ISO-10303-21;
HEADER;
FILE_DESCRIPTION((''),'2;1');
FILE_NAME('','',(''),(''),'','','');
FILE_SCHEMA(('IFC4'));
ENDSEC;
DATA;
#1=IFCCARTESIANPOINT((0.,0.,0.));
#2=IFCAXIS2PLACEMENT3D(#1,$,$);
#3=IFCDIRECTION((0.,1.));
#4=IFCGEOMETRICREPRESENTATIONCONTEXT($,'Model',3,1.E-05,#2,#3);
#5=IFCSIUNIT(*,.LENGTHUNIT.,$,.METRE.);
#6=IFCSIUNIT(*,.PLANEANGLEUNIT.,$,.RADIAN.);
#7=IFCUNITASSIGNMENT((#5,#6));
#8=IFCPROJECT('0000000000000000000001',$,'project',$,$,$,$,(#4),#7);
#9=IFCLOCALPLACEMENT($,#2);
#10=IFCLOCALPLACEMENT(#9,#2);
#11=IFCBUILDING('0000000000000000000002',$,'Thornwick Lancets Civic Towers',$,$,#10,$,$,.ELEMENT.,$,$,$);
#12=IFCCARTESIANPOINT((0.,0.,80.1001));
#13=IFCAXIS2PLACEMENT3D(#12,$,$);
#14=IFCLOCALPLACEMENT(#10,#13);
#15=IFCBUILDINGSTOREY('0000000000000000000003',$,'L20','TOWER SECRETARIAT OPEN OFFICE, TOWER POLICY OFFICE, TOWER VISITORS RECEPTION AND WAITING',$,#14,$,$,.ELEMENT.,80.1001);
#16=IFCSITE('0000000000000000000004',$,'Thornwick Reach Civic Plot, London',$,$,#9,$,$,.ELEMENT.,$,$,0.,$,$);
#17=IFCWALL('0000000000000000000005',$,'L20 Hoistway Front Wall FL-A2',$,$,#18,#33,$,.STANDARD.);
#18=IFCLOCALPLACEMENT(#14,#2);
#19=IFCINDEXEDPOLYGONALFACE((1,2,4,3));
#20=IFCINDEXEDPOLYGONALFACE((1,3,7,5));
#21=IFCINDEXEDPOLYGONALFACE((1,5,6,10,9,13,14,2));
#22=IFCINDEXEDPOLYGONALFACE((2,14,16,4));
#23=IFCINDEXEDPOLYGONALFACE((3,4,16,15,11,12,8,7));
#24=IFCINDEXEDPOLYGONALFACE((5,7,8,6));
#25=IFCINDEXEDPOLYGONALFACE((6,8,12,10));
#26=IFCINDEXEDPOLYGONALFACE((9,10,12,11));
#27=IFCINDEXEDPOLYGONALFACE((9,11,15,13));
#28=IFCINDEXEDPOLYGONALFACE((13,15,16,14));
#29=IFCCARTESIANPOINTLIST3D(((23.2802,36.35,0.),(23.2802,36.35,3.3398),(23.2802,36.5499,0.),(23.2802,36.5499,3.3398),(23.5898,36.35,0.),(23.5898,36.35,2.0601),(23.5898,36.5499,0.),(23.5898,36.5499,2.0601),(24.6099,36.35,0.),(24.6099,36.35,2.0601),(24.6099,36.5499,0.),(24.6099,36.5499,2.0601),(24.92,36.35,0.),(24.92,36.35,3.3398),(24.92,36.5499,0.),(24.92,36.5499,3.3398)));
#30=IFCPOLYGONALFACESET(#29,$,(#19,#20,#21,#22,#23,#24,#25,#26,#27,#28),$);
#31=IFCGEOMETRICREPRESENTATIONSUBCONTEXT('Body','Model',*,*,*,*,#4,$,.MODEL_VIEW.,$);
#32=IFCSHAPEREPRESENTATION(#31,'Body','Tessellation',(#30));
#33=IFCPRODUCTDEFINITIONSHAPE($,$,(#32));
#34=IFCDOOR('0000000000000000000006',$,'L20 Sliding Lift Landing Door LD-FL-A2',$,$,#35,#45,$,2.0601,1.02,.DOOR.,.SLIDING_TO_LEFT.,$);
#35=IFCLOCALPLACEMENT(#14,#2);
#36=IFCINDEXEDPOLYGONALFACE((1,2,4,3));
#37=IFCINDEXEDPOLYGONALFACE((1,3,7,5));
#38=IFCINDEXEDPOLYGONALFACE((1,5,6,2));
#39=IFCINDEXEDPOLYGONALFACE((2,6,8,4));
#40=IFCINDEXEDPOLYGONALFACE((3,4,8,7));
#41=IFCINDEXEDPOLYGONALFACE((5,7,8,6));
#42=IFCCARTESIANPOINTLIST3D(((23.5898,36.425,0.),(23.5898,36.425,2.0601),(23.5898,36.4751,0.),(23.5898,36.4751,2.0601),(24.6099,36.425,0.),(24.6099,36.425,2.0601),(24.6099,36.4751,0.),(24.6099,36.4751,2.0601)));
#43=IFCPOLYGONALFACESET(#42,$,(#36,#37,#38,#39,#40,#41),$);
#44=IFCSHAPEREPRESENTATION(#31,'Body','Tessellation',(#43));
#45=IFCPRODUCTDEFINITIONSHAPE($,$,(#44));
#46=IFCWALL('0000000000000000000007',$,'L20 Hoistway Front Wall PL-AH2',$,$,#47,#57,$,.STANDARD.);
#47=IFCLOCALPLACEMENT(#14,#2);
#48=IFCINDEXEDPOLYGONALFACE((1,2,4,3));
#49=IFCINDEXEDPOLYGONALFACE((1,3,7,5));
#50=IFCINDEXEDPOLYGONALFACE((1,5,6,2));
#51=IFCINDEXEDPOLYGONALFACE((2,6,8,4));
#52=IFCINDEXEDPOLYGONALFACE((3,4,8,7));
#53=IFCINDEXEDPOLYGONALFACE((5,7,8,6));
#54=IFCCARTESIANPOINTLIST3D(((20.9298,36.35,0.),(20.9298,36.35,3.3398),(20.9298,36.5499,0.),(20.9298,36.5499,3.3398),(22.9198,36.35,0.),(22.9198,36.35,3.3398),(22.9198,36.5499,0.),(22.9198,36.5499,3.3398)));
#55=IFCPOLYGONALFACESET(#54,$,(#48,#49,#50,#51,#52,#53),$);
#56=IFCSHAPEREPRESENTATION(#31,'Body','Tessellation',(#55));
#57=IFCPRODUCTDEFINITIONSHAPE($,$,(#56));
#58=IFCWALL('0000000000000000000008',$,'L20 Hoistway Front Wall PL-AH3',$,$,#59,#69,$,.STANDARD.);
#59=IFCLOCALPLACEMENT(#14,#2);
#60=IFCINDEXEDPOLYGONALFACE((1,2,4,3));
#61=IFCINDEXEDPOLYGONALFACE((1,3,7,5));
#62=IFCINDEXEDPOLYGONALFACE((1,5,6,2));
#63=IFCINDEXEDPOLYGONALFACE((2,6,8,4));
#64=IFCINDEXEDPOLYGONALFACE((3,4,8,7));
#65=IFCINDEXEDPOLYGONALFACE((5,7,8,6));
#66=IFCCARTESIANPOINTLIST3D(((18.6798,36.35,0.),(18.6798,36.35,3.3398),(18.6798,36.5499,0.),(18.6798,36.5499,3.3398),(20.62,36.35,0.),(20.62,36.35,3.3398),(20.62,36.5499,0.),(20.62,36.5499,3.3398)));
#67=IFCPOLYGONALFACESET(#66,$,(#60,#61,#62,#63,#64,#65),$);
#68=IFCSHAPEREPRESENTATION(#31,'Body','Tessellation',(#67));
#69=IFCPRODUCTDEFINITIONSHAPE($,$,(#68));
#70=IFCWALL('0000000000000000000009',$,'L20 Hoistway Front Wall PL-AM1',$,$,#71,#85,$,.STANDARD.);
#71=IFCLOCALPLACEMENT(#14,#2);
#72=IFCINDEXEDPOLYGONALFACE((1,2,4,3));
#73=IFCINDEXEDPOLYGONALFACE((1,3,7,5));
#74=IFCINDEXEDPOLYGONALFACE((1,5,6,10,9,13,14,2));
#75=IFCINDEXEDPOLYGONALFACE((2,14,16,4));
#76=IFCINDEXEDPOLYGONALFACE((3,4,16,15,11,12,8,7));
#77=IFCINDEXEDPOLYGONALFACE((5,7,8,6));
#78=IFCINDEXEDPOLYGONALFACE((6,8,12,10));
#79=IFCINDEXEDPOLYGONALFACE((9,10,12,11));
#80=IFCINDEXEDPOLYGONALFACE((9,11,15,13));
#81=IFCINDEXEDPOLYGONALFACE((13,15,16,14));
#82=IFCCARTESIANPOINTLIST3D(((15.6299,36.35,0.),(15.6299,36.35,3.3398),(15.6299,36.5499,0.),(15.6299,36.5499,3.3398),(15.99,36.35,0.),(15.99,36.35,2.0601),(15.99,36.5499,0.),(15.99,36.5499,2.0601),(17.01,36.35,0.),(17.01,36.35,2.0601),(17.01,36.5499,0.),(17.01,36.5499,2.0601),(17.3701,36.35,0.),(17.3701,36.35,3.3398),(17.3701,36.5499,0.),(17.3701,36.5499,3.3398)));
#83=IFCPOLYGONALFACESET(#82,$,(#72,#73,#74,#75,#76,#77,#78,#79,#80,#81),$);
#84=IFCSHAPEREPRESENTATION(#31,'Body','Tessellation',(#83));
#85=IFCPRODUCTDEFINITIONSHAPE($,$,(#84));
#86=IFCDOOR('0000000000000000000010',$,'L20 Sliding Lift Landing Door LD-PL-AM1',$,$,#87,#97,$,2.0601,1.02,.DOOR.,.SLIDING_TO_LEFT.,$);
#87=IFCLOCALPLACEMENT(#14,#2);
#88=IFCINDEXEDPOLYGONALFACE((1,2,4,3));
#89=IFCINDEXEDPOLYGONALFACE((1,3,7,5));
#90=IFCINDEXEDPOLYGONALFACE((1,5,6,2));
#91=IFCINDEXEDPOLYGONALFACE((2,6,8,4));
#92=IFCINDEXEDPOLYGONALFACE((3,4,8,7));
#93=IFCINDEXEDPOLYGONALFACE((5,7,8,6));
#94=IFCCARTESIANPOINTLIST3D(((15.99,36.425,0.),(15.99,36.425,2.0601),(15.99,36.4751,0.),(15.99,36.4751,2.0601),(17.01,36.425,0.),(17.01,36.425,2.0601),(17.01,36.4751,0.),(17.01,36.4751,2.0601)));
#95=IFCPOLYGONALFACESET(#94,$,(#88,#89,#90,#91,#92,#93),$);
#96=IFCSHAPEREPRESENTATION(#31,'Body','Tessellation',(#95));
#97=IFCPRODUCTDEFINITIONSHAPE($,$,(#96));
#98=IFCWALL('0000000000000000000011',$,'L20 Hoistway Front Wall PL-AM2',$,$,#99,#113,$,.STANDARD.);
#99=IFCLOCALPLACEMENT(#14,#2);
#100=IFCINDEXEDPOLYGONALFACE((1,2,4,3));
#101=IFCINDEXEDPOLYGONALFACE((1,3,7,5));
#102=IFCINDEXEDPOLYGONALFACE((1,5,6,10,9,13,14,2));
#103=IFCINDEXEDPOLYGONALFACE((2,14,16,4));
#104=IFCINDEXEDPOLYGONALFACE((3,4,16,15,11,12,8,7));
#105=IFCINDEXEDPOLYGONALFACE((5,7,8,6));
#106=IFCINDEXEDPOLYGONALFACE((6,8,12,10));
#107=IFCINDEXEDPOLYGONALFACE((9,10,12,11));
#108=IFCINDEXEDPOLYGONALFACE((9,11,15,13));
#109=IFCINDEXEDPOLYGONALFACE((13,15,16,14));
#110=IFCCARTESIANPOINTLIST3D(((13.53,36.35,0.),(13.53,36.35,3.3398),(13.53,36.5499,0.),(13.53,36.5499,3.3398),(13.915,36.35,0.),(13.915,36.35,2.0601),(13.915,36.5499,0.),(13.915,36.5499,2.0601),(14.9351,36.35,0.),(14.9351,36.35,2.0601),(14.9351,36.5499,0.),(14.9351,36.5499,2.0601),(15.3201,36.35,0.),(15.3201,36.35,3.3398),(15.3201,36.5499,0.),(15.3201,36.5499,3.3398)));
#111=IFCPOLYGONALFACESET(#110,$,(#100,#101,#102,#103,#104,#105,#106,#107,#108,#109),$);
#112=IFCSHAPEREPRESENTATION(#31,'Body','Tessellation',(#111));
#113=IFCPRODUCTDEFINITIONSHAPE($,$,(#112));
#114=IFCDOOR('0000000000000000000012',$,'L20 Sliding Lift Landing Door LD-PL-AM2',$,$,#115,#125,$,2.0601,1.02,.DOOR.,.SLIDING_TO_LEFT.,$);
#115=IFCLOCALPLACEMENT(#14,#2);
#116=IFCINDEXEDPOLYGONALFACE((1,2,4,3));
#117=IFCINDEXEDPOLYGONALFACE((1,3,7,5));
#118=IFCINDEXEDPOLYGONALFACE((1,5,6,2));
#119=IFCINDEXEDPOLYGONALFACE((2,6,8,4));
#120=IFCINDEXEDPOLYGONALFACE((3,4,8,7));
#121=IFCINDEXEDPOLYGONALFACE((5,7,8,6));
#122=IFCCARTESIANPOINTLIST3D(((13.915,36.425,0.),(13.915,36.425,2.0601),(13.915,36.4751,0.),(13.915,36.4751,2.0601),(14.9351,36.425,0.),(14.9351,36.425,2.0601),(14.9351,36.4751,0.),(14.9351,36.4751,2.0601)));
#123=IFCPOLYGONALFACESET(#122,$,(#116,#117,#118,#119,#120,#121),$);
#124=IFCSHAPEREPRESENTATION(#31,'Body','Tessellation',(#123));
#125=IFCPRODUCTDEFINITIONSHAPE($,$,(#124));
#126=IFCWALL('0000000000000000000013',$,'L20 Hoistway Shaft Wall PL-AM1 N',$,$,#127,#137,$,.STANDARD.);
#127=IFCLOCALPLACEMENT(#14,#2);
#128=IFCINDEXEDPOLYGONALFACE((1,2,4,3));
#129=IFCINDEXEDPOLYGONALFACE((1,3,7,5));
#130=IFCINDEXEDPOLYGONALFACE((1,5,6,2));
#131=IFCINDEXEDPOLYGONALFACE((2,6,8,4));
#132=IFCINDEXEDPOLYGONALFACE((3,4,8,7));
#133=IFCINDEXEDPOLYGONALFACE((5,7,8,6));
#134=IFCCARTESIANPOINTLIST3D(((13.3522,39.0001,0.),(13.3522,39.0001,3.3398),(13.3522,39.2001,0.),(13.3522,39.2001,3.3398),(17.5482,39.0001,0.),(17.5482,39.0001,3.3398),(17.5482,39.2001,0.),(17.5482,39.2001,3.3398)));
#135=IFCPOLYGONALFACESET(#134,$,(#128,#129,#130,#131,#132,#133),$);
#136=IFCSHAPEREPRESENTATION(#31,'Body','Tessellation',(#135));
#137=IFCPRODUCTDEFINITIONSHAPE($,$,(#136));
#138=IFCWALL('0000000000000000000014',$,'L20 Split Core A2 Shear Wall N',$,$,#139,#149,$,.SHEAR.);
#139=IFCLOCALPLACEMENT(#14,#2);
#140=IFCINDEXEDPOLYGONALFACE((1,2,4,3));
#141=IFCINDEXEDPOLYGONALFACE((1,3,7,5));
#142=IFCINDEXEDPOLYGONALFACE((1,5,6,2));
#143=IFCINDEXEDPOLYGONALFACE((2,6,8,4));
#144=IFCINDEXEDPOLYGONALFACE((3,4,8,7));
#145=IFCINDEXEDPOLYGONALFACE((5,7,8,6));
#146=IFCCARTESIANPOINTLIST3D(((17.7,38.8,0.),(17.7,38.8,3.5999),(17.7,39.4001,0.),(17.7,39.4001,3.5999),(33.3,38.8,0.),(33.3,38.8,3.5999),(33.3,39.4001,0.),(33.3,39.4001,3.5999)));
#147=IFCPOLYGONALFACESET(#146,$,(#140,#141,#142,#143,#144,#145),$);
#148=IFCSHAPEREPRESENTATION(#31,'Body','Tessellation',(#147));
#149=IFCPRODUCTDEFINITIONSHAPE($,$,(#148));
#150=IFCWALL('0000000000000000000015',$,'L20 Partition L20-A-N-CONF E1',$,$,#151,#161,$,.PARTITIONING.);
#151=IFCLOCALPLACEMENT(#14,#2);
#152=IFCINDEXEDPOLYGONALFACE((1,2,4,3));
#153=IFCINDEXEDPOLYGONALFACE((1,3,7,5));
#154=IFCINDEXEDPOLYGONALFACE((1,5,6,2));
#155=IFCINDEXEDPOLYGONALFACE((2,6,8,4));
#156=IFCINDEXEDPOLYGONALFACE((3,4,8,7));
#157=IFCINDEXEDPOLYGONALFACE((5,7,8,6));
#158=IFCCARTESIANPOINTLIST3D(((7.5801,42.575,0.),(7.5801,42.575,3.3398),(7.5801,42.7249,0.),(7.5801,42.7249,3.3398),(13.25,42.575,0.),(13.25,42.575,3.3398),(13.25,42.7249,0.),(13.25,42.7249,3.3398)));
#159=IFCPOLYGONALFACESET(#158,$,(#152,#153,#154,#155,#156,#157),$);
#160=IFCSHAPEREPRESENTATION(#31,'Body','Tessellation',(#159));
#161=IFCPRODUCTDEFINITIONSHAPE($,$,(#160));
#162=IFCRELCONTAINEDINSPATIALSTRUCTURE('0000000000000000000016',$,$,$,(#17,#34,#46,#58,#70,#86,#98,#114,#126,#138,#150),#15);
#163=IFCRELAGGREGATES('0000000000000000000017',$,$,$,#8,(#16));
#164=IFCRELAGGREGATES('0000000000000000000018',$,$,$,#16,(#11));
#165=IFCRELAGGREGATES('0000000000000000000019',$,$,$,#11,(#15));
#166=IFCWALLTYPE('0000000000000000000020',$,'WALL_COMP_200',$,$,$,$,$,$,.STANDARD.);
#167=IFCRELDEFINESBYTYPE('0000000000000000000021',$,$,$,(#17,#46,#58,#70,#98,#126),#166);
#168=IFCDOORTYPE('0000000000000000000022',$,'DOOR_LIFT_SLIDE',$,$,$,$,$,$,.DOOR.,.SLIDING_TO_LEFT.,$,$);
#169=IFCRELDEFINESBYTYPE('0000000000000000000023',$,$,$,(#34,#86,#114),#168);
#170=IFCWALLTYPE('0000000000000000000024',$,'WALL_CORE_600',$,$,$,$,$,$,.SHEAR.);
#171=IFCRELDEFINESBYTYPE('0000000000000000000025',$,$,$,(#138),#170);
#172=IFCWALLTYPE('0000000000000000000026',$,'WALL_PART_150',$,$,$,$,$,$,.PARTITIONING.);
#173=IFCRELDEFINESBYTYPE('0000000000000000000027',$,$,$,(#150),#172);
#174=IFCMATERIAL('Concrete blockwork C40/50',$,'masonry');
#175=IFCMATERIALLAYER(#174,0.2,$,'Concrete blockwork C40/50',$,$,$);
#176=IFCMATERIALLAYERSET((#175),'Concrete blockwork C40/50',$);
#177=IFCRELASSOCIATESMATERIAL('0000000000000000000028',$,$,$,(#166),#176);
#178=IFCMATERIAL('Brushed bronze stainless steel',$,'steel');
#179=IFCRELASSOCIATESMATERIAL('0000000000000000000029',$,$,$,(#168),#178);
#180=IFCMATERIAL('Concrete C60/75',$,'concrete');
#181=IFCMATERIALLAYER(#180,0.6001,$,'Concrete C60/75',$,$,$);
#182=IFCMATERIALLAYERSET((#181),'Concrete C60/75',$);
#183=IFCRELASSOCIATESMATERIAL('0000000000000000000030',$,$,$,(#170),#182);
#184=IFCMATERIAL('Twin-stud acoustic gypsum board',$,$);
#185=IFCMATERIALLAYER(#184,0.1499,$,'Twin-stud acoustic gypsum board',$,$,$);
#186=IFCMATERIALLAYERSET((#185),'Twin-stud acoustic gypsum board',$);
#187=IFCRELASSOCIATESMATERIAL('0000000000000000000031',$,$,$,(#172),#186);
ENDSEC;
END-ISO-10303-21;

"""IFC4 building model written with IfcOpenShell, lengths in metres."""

from ifc_helpers import new_model, si_unit, direction, frame, frame_2d, origin, place, context, subcontext, project, spatial, rectangle, extrude, material, layer, layer_set, type_object, element, fill, save


model = new_model("IFC4")

# Units and contexts
model_context = context("Model", 3, precision=1e-05, world=origin(), true_north=direction((0.0, 1.0)))
body_context = subcontext(model_context, "Body", "Model", "MODEL_VIEW")
ifc_project = project(units=[si_unit("LENGTHUNIT", "METRE"), si_unit("PLANEANGLEUNIT", "RADIAN")], contexts=[model_context])

# Site, building, storey
site_placement = place(None, origin())
site = spatial("IfcSite", under=ifc_project, at=site_placement, Name="Thornwick Reach Civic Plot, London", CompositionType="ELEMENT", RefElevation=0.0)
building_placement = place(site_placement, origin())
building = spatial("IfcBuilding", under=site, at=building_placement, Name="Thornwick Lancets Civic Towers", CompositionType="ELEMENT")
storey_placement = place(building_placement, frame((0.0, 0.0, 80.1001)))
storey = spatial("IfcBuildingStorey", under=building, at=storey_placement, Name="L20", Description="TOWER SECRETARIAT OPEN OFFICE, TOWER POLICY OFFICE, TOWER VISITORS RECEPTION AND WAITING", CompositionType="ELEMENT", Elevation=80.1001)

# Shared definitions
ifc_material_1 = material(Name="Concrete C60/75", Category="concrete")

# Wall, opening, door
ifc_material_2 = material(Name="Concrete blockwork C40/50", Category="masonry")
ifc_layer_1 = layer(ifc_material_2, 0.2, Name="Concrete blockwork C40/50")
ifc_layer_set_1 = layer_set([ifc_layer_1], Name="Concrete blockwork C40/50")
wall_type_1 = type_object("IfcWallType", Name="WALL_COMP_200", PredefinedType="STANDARD", material=ifc_layer_set_1)
wall_1_placement = place(storey_placement, frame((24.9199, 36.45, 0.0), z_axis=(0.0, 0.0, 1.0), x_axis=(-1.0, 0.0, 0.0)))
wall_1 = element("IfcWall", 1, at=wall_1_placement, inside=storey, type_object=wall_type_1, Name="L20 Hoistway Front Wall FL-A2", PredefinedType="STANDARD", context=body_context, shape_type="SweptSolid", body=[
    extrude(rectangle(XDim=1.6399, YDim=0.2, at=frame_2d((0.8198, 0.0))), origin(), (0.0, 0.0, 1.0), 3.3398),
])
opening_1_placement = place(wall_1_placement, frame((0.3101, 0.0, 0.0)))
opening_1 = element("IfcOpeningElement", 2, at=opening_1_placement, cuts=wall_1, PredefinedType="OPENING", context=body_context, shape_type="SweptSolid", body=[
    extrude(rectangle(XDim=1.02, YDim=2.0601, at=frame_2d((0.51, 1.03))), frame((0.0, 0.1099, 0.0), z_axis=(0.0, -1.0, 0.0), x_axis=(1.0, 0.0, 0.0)), (0.0, 0.0, 1.0), 0.22),
])
ifc_material_3 = material(Name="Brushed bronze stainless steel", Category="steel")
door_type = type_object("IfcDoorType", Name="DOOR_LIFT_SLIDE", OperationType="SLIDING_TO_LEFT", PredefinedType="DOOR", material=ifc_material_3)
door_1_placement = place(opening_1_placement, origin())
door_1 = element("IfcDoor", 3, at=door_1_placement, inside=storey, type_object=door_type, Name="L20 Sliding Lift Landing Door LD-FL-A2", OperationType="SLIDING_TO_LEFT", OverallHeight=2.0601, OverallWidth=1.02, PredefinedType="DOOR", context=body_context, shape_type="SweptSolid", body=[
    extrude(rectangle(XDim=1.02, YDim=2.0601, at=frame_2d((0.51, 1.03))), frame((0.0, 0.0249, 0.0), z_axis=(0.0, -1.0, 0.0), x_axis=(1.0, 0.0, 0.0)), (0.0, 0.0, 1.0), 0.05),
])
fill(opening_1, door_1)

# Walls
wall_2_placement = place(storey_placement, frame((22.9199, 36.45, 0.0), z_axis=(0.0, 0.0, 1.0), x_axis=(-1.0, 0.0, 0.0)))
element("IfcWall", 4, at=wall_2_placement, inside=storey, type_object=wall_type_1, Name="L20 Hoistway Front Wall PL-AH2", PredefinedType="STANDARD", context=body_context, shape_type="SweptSolid", body=[
    extrude(rectangle(XDim=1.99, YDim=0.2, at=frame_2d((0.9951, 0.0))), origin(), (0.0, 0.0, 1.0), 3.3398),
])
wall_3_placement = place(storey_placement, frame((20.6201, 36.45, 0.0), z_axis=(0.0, 0.0, 1.0), x_axis=(-1.0, 0.0, 0.0)))
element("IfcWall", 5, at=wall_3_placement, inside=storey, type_object=wall_type_1, Name="L20 Hoistway Front Wall PL-AH3", PredefinedType="STANDARD", context=body_context, shape_type="SweptSolid", body=[
    extrude(rectangle(XDim=1.9402, YDim=0.2, at=frame_2d((0.9702, 0.0))), origin(), (0.0, 0.0, 1.0), 3.3398),
])

# Walls, openings, doors
wall_4_placement = place(storey_placement, frame((17.3701, 36.45, 0.0), z_axis=(0.0, 0.0, 1.0), x_axis=(-1.0, 0.0, 0.0)))
wall_4 = element("IfcWall", 6, at=wall_4_placement, inside=storey, type_object=wall_type_1, Name="L20 Hoistway Front Wall PL-AM1", PredefinedType="STANDARD", context=body_context, shape_type="SweptSolid", body=[
    extrude(rectangle(XDim=1.7402, YDim=0.2, at=frame_2d((0.8701, 0.0))), origin(), (0.0, 0.0, 1.0), 3.3398),
])
opening_2_placement = place(wall_4_placement, frame((0.3601, 0.0, 0.0)))
opening_2 = element("IfcOpeningElement", 7, at=opening_2_placement, cuts=wall_4, PredefinedType="OPENING", context=body_context, shape_type="SweptSolid", body=[
    extrude(rectangle(XDim=1.02, YDim=2.0601, at=frame_2d((0.51, 1.03))), frame((0.0, 0.1099, 0.0), z_axis=(0.0, -1.0, 0.0), x_axis=(1.0, 0.0, 0.0)), (0.0, 0.0, 1.0), 0.22),
])
door_2_placement = place(opening_2_placement, origin())
door_2 = element("IfcDoor", 8, at=door_2_placement, inside=storey, type_object=door_type, Name="L20 Sliding Lift Landing Door LD-PL-AM1", OperationType="SLIDING_TO_LEFT", OverallHeight=2.0601, OverallWidth=1.02, PredefinedType="DOOR", context=body_context, shape_type="SweptSolid", body=[
    extrude(rectangle(XDim=1.02, YDim=2.0601, at=frame_2d((0.51, 1.03))), frame((0.0, 0.0249, 0.0), z_axis=(0.0, -1.0, 0.0), x_axis=(1.0, 0.0, 0.0)), (0.0, 0.0, 1.0), 0.05),
])
fill(opening_2, door_2)
wall_5_placement = place(storey_placement, frame((15.3201, 36.45, 0.0), z_axis=(0.0, 0.0, 1.0), x_axis=(-1.0, 0.0, 0.0)))
wall_5 = element("IfcWall", 9, at=wall_5_placement, inside=storey, type_object=wall_type_1, Name="L20 Hoistway Front Wall PL-AM2", PredefinedType="STANDARD", context=body_context, shape_type="SweptSolid", body=[
    extrude(rectangle(XDim=1.79, YDim=0.2, at=frame_2d((0.895, 0.0))), origin(), (0.0, 0.0, 1.0), 3.3398),
])
opening_3_placement = place(wall_5_placement, frame((0.385, 0.0, 0.0)))
opening_3 = element("IfcOpeningElement", 10, at=opening_3_placement, cuts=wall_5, PredefinedType="OPENING", context=body_context, shape_type="SweptSolid", body=[
    extrude(rectangle(XDim=1.02, YDim=2.0601, at=frame_2d((0.51, 1.03))), frame((0.0, 0.1099, 0.0), z_axis=(0.0, -1.0, 0.0), x_axis=(1.0, 0.0, 0.0)), (0.0, 0.0, 1.0), 0.22),
])
door_3_placement = place(opening_3_placement, origin())
door_3 = element("IfcDoor", 11, at=door_3_placement, inside=storey, type_object=door_type, Name="L20 Sliding Lift Landing Door LD-PL-AM2", OperationType="SLIDING_TO_LEFT", OverallHeight=2.0601, OverallWidth=1.02, PredefinedType="DOOR", context=body_context, shape_type="SweptSolid", body=[
    extrude(rectangle(XDim=1.02, YDim=2.0601, at=frame_2d((0.51, 1.03))), frame((0.0, 0.0249, 0.0), z_axis=(0.0, -1.0, 0.0), x_axis=(1.0, 0.0, 0.0)), (0.0, 0.0, 1.0), 0.05),
])
fill(opening_3, door_3)

# Walls
wall_6_placement = place(storey_placement, frame((13.3521, 39.1001, 0.0), z_axis=(0.0, 0.0, 1.0), x_axis=(1.0, 0.0, 0.0)))
element("IfcWall", 12, at=wall_6_placement, inside=storey, type_object=wall_type_1, Name="L20 Hoistway Shaft Wall PL-AM1 N", PredefinedType="STANDARD", context=body_context, shape_type="SweptSolid", body=[
    extrude(rectangle(XDim=4.196, YDim=0.2, at=frame_2d((2.0981, 0.0))), origin(), (0.0, 0.0, 1.0), 3.3398),
])
ifc_layer_2 = layer(ifc_material_1, 0.6001, Name="Concrete C60/75")
ifc_layer_set_2 = layer_set([ifc_layer_2], Name="Concrete C60/75")
wall_type_2 = type_object("IfcWallType", Name="WALL_CORE_600", PredefinedType="SHEAR", material=ifc_layer_set_2)
wall_7_placement = place(storey_placement, frame((17.7, 39.1001, 0.0), z_axis=(0.0, 0.0, 1.0), x_axis=(1.0, 0.0, 0.0)))
element("IfcWall", 13, at=wall_7_placement, inside=storey, type_object=wall_type_2, Name="L20 Split Core A2 Shear Wall N", PredefinedType="SHEAR", context=body_context, shape_type="SweptSolid", body=[
    extrude(rectangle(XDim=15.6001, YDim=0.6001, at=frame_2d((7.8, 0.0))), origin(), (0.0, 0.0, 1.0), 3.5999),
])
ifc_material_4 = material(Name="Twin-stud acoustic gypsum board")
ifc_layer_3 = layer(ifc_material_4, 0.1499, Name="Twin-stud acoustic gypsum board")
ifc_layer_set_3 = layer_set([ifc_layer_3], Name="Twin-stud acoustic gypsum board")
wall_type_3 = type_object("IfcWallType", Name="WALL_PART_150", PredefinedType="PARTITIONING", material=ifc_layer_set_3)
wall_8_placement = place(storey_placement, frame((13.25, 42.6499, 0.0), z_axis=(0.0, 0.0, 1.0), x_axis=(-1.0, 0.0, 0.0)))
element("IfcWall", 14, at=wall_8_placement, inside=storey, type_object=wall_type_3, Name="L20 Partition L20-A-N-CONF E1", PredefinedType="PARTITIONING", context=body_context, shape_type="SweptSolid", body=[
    extrude(rectangle(XDim=5.6699, YDim=0.1499, at=frame_2d((2.835, 0.0))), origin(), (0.0, 0.0, 1.0), 3.3398),
])

save(model, "model.ifc")
